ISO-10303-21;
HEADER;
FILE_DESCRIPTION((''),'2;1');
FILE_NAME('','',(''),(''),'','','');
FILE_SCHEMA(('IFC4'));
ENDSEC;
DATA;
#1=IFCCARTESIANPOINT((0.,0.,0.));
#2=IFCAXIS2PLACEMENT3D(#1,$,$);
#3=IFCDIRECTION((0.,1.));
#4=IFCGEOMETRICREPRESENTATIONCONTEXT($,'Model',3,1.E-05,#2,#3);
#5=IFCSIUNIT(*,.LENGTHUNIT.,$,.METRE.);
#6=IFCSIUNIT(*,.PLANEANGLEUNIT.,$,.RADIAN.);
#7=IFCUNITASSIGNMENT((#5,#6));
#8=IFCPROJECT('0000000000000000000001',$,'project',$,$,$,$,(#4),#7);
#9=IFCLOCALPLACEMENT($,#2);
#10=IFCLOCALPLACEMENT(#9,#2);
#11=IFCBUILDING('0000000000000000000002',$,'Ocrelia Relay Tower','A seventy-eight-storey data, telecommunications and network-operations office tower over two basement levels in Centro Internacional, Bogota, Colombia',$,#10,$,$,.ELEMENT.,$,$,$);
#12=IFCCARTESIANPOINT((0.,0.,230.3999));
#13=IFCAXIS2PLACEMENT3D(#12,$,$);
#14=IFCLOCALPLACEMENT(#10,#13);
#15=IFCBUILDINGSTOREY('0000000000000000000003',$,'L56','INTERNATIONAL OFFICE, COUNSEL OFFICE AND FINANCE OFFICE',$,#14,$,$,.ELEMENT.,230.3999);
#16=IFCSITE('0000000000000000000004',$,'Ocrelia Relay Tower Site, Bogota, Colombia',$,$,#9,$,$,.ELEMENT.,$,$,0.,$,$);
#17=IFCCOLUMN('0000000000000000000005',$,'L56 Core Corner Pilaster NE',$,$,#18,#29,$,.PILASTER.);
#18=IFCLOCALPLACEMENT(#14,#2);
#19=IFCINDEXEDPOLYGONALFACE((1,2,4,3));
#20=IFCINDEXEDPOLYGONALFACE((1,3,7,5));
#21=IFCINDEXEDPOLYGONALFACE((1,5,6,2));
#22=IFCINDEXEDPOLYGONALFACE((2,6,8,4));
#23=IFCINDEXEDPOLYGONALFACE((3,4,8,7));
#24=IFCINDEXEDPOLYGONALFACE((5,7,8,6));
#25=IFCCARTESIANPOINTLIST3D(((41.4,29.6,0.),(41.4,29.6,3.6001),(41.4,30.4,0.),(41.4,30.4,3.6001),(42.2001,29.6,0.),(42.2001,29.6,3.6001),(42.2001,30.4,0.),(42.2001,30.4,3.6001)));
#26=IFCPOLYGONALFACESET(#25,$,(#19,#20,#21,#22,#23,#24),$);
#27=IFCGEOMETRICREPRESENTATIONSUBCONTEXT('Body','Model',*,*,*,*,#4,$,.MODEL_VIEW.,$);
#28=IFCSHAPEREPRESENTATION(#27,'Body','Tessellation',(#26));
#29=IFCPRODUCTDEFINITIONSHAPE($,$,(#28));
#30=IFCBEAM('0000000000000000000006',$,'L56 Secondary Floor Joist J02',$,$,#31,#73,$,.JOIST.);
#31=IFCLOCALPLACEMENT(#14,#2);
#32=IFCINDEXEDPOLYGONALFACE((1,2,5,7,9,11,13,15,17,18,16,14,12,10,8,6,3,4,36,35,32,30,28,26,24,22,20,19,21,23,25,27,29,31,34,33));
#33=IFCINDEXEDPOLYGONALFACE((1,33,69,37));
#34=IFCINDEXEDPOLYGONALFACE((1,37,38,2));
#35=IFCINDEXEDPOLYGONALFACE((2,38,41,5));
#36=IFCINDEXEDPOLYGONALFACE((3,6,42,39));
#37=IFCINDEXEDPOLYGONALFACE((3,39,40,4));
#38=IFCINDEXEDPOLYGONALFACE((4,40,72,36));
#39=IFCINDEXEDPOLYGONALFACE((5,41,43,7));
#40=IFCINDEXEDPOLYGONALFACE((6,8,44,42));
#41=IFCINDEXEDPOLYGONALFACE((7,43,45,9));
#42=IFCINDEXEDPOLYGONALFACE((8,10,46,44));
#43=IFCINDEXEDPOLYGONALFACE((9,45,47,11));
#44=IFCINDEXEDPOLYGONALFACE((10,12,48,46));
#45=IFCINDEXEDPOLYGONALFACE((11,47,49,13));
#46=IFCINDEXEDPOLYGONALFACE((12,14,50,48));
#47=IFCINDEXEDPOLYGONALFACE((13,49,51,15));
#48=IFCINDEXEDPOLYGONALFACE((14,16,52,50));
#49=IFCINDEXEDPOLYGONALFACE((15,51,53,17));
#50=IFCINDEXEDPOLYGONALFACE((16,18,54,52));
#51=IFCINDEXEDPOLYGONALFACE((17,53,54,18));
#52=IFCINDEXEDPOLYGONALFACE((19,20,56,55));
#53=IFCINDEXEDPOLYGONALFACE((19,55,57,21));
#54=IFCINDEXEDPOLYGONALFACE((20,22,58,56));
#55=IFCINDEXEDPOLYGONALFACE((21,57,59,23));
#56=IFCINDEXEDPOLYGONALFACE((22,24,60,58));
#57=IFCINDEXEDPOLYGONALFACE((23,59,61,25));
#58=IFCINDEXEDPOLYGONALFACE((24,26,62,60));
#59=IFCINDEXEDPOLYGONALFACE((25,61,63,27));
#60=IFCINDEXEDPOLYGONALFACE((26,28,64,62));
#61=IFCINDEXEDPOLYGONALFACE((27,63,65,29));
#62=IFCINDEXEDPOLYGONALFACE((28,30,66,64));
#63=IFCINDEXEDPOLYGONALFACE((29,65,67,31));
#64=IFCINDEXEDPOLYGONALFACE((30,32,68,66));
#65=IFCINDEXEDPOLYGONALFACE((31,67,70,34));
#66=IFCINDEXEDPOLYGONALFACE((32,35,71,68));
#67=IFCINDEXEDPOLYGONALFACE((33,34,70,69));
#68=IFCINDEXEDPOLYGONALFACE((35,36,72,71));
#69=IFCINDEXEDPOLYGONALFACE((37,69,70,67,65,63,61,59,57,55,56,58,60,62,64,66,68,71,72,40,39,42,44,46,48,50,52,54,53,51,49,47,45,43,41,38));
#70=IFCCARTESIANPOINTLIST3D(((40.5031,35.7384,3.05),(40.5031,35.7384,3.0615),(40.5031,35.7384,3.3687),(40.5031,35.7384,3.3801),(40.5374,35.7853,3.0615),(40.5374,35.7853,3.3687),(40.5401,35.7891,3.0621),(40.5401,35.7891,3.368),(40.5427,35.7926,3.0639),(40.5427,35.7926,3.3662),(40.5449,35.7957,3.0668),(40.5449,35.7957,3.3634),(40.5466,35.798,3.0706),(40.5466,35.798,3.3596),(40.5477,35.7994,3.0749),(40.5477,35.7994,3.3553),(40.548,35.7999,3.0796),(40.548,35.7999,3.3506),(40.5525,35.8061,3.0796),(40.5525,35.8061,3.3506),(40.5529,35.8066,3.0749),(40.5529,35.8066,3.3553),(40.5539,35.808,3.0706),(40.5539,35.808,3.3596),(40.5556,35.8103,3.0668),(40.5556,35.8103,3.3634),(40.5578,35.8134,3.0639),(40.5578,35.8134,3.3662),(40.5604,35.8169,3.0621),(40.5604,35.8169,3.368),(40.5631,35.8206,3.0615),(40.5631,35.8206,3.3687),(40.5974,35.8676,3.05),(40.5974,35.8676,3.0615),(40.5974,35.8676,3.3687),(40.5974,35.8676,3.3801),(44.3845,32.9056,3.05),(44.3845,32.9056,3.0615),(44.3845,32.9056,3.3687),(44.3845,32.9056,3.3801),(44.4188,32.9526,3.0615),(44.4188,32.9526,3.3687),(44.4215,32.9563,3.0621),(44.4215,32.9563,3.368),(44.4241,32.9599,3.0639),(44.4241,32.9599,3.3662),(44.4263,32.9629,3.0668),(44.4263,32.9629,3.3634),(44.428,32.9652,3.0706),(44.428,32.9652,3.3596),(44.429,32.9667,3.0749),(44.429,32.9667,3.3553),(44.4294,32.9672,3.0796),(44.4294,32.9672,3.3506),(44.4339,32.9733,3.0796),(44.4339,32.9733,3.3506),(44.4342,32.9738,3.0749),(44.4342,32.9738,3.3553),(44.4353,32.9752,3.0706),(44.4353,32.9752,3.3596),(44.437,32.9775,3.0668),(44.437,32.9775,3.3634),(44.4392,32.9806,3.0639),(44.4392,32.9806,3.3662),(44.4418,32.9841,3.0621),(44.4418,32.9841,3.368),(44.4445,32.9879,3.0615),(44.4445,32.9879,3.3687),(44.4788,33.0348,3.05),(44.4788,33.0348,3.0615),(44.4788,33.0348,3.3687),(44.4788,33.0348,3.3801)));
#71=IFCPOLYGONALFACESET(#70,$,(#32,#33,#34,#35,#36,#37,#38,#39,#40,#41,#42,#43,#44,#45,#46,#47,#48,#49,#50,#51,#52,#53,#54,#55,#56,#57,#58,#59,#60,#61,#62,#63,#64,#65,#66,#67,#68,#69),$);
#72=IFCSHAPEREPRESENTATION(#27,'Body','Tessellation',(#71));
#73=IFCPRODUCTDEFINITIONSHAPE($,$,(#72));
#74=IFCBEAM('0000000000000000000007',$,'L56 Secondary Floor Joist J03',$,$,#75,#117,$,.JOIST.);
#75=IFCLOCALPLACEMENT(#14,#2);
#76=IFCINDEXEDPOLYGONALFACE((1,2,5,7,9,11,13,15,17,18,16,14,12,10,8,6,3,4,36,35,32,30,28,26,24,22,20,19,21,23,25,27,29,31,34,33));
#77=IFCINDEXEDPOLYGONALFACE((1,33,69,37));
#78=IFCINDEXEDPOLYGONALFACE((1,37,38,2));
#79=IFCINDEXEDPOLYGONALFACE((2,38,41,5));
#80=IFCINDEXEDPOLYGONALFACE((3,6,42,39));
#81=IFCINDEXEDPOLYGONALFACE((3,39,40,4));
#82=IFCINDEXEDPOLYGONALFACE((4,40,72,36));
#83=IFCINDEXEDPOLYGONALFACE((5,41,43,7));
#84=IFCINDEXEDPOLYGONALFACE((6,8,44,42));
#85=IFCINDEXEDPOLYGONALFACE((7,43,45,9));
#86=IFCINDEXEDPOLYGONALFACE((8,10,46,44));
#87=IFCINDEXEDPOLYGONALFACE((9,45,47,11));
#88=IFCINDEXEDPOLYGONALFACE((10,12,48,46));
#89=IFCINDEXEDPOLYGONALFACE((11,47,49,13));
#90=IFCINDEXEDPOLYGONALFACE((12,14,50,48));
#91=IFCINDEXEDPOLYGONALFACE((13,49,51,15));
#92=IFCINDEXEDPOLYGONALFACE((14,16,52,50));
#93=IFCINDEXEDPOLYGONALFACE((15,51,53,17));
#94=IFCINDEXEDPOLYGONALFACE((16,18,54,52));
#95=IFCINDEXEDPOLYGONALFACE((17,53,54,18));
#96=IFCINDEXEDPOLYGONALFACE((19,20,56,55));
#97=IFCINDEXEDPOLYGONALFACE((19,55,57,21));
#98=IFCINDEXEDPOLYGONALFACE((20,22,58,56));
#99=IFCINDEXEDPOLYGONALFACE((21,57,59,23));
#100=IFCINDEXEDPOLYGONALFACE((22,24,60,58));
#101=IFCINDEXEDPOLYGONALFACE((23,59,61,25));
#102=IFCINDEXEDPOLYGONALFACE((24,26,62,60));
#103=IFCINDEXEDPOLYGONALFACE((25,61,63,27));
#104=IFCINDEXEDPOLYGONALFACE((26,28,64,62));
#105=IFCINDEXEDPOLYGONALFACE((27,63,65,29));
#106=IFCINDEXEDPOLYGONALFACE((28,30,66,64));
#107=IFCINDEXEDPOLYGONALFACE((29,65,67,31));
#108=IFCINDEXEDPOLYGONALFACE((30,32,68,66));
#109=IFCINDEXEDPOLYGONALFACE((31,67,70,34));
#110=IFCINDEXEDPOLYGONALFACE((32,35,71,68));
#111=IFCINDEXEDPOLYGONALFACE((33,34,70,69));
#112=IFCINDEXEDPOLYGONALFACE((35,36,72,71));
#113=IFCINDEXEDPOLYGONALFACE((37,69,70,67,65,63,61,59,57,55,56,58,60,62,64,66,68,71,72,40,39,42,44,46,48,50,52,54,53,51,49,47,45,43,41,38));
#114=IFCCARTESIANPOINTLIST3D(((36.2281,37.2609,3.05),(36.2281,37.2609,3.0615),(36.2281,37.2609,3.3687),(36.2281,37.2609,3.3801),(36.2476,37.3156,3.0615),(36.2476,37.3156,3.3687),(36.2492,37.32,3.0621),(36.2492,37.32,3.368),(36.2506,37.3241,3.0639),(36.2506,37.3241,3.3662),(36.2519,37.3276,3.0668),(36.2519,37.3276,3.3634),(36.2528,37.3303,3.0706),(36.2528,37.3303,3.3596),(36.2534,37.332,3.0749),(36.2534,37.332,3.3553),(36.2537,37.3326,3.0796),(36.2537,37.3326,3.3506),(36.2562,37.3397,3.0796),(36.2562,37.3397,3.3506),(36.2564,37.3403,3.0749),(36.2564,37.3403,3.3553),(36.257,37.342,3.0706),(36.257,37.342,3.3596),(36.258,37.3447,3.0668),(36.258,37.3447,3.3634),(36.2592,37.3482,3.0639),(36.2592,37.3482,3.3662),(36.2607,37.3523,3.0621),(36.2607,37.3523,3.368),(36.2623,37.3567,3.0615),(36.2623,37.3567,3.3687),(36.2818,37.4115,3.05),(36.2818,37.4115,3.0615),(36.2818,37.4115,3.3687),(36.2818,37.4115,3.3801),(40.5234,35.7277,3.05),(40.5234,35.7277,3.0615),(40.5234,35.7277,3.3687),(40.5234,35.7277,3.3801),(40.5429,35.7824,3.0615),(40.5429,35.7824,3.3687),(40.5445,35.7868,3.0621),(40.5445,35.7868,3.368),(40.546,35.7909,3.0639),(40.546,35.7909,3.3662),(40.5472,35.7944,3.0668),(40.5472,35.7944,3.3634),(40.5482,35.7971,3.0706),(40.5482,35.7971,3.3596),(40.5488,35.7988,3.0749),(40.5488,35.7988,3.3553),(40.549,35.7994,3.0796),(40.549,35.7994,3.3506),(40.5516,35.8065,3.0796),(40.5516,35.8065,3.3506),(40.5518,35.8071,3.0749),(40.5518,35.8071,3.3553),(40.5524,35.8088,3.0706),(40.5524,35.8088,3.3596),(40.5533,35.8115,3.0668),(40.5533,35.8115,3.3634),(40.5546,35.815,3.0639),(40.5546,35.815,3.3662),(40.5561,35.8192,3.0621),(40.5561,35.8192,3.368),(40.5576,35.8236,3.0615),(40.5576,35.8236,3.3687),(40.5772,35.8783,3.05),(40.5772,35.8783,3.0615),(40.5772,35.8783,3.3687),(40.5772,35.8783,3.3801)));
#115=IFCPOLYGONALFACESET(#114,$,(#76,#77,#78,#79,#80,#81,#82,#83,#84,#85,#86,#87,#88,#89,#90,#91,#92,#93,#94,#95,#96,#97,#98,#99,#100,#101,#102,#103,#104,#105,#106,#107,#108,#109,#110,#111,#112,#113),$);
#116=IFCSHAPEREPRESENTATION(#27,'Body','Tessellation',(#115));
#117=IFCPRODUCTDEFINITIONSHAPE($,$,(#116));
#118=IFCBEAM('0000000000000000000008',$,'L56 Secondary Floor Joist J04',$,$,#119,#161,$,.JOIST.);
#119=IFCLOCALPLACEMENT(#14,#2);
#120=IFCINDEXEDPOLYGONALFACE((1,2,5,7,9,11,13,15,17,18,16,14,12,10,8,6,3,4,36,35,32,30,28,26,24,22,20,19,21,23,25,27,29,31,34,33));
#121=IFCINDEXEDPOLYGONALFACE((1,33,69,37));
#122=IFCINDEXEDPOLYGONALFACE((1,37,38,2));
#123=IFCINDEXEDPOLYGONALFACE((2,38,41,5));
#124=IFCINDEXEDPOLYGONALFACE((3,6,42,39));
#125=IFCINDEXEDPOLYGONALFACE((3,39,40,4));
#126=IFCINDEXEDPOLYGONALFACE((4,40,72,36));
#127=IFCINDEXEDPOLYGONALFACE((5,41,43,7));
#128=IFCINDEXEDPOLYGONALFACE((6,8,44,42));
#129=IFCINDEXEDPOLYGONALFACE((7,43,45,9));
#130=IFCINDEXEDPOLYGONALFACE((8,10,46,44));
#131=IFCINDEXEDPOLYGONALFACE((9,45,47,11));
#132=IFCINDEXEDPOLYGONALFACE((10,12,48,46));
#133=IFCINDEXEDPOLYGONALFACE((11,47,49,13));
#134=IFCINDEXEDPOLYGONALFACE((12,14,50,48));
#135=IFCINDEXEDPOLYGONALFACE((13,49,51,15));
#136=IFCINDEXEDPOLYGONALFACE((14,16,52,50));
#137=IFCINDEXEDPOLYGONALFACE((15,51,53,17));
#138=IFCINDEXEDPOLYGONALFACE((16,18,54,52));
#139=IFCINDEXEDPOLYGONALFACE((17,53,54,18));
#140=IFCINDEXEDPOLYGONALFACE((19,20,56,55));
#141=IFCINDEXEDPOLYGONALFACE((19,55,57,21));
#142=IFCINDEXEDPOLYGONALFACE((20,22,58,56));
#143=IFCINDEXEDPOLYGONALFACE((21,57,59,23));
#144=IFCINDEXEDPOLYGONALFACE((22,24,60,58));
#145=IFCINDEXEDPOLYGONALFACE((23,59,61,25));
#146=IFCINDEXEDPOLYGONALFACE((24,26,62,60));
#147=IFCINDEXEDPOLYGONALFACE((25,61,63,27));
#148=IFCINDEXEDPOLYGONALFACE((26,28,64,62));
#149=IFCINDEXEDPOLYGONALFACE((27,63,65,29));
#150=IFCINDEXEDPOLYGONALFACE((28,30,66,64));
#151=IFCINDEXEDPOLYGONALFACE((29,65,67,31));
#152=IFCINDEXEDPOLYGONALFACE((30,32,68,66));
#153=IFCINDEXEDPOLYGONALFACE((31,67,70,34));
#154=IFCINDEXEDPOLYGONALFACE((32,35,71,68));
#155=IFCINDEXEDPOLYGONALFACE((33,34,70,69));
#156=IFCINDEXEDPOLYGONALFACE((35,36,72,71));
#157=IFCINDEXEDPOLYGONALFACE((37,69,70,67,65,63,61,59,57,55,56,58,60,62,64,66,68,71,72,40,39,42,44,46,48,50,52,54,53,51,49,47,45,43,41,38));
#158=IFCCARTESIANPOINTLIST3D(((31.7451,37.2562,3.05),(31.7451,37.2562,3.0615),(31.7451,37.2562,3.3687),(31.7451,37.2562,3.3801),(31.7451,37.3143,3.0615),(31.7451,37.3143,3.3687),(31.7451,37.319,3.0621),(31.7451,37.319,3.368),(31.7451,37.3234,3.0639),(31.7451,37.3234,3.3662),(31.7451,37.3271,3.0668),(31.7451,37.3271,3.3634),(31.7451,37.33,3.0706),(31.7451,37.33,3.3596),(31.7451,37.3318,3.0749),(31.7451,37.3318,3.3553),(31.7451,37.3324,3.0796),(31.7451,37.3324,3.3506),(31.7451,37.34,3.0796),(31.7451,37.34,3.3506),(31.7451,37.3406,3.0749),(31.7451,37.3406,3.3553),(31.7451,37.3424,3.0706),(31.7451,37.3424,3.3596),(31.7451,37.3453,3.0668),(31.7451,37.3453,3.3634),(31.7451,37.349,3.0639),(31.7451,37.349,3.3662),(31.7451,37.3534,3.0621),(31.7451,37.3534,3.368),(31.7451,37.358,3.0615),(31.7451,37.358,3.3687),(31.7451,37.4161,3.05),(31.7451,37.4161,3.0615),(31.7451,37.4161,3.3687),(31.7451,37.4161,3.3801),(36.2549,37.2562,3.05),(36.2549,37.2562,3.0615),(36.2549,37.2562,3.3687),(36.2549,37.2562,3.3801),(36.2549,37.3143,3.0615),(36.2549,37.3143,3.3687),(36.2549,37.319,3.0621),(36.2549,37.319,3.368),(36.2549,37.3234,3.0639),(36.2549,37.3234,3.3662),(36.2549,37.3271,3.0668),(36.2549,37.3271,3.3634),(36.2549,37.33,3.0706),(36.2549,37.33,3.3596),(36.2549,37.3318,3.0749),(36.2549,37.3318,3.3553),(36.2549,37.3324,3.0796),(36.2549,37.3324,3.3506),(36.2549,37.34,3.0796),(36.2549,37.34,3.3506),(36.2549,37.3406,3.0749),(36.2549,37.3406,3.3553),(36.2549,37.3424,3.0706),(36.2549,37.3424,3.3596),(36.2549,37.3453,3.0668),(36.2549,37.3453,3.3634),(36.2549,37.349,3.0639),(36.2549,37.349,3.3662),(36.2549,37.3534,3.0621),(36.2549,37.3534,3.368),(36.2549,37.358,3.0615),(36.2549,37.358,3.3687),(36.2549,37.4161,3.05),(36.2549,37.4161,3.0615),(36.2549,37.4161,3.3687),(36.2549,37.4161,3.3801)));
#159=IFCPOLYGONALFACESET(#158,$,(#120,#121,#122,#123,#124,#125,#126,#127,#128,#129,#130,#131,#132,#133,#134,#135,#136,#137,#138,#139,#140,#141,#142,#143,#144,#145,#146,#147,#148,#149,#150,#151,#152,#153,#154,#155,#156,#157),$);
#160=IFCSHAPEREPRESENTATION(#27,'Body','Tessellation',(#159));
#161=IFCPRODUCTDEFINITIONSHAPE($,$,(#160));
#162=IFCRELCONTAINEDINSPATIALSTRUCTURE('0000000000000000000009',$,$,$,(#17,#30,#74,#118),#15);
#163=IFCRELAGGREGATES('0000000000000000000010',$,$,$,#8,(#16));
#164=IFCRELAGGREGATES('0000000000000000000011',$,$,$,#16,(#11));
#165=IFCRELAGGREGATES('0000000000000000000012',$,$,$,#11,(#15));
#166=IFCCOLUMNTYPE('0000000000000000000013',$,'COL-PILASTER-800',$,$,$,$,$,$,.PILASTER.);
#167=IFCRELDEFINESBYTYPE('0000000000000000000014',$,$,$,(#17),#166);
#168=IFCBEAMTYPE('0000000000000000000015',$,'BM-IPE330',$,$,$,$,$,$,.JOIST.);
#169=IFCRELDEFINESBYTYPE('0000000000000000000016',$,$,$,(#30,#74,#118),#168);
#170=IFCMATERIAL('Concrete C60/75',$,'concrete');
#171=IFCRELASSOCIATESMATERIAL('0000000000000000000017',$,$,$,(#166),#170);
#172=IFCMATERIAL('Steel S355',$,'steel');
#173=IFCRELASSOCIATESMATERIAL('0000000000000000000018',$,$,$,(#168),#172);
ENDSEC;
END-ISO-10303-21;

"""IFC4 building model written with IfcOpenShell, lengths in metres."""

from ifc_helpers import new_model, si_unit, direction, frame, origin, origin_2d, place, context, subcontext, project, spatial, rectangle, i_section, extrude, material, material_profile, profile_set, type_object, element, save


model = new_model("IFC4")

# Units and contexts
model_context = context("Model", 3, precision=1e-05, world=origin(), true_north=direction((0.0, 1.0)))
body_context = subcontext(model_context, "Body", "Model", "MODEL_VIEW")
ifc_project = project(units=[si_unit("LENGTHUNIT", "METRE"), si_unit("PLANEANGLEUNIT", "RADIAN")], contexts=[model_context])

# Site, building, storey
site_placement = place(None, origin())
site = spatial("IfcSite", under=ifc_project, at=site_placement, Name="Ocrelia Relay Tower Site, Bogota, Colombia", CompositionType="ELEMENT", RefElevation=0.0)
building_placement = place(site_placement, origin())
building = spatial("IfcBuilding", under=site, at=building_placement, Name="Ocrelia Relay Tower", Description="A seventy-eight-storey data, telecommunications and network-operations office tower over two basement levels in Centro Internacional, Bogota, Colombia", CompositionType="ELEMENT")
storey_placement = place(building_placement, frame((0.0, 0.0, 230.3999)))
storey = spatial("IfcBuildingStorey", under=building, at=storey_placement, Name="L56", Description="INTERNATIONAL OFFICE, COUNSEL OFFICE AND FINANCE OFFICE", CompositionType="ELEMENT", Elevation=230.3999)

# Column
ifc_material_1 = material(Name="Concrete C60/75", Category="concrete")
ifc_material_profile_1 = material_profile(ifc_material_1, rectangle(XDim=0.8, YDim=0.8, at=origin_2d()), Name="RC-COL-800x800")
ifc_profile_set_1 = profile_set([ifc_material_profile_1], Name="Concrete C60/75")
column_type = type_object("IfcColumnType", Name="COL-PILASTER-800", PredefinedType="PILASTER", material=ifc_profile_set_1)
column_placement = place(storey_placement, frame((41.8, 30.0, 0.0), z_axis=(0.0, 0.0, 1.0), x_axis=(1.0, 0.0, 0.0)))
element("IfcColumn", 1, at=column_placement, inside=storey, type_object=column_type, Name="L56 Core Corner Pilaster NE", PredefinedType="PILASTER", context=body_context, shape_type="SweptSolid", body=[
    extrude(rectangle(XDim=0.8, YDim=0.8, at=origin_2d()), origin(), (0.0, 0.0, 1.0), 3.6001),
])

# Beams
ifc_material_2 = material(Name="Steel S355", Category="steel")
ifc_material_profile_2 = material_profile(ifc_material_2, i_section(OverallWidth=0.1599, OverallDepth=0.3301, WebThickness=0.0076, FlangeThickness=0.0115, FilletRadius=0.0181, at=origin_2d()), Name="IPE 330")
ifc_profile_set_2 = profile_set([ifc_material_profile_2], Name="Steel S355")
beam_type = type_object("IfcBeamType", Name="BM-IPE330", PredefinedType="JOIST", material=ifc_profile_set_2)
beam_1_placement = place(storey_placement, frame((44.4316, 32.9702, 3.2151), z_axis=(-0.807748, 0.589527, 0.0), x_axis=(-0.589527, -0.807748, 0.0)))
element("IfcBeam", 2, at=beam_1_placement, inside=storey, type_object=beam_type, Name="L56 Secondary Floor Joist J02", PredefinedType="JOIST", context=body_context, shape_type="SweptSolid", body=[
    extrude(i_section(OverallWidth=0.1599, OverallDepth=0.3301, WebThickness=0.0076, FlangeThickness=0.0115, FilletRadius=0.0181, at=origin_2d()), origin(), (0.0, 0.0, 1.0), 4.8052),
])
beam_2_placement = place(storey_placement, frame((40.5503, 35.803, 3.2151), z_axis=(-0.941802, 0.336167, 0.0), x_axis=(-0.336167, -0.941802, 0.0)))
element("IfcBeam", 3, at=beam_2_placement, inside=storey, type_object=beam_type, Name="L56 Secondary Floor Joist J03", PredefinedType="JOIST", context=body_context, shape_type="SweptSolid", body=[
    extrude(i_section(OverallWidth=0.1599, OverallDepth=0.3301, WebThickness=0.0076, FlangeThickness=0.0115, FilletRadius=0.0181, at=origin_2d()), origin(), (0.0, 0.0, 1.0), 4.5608),
])
beam_3_placement = place(storey_placement, frame((36.2549, 37.3362, 3.2151), z_axis=(-1.0, 0.0, 0.0), x_axis=(0.0, -1.0, 0.0)))
element("IfcBeam", 4, at=beam_3_placement, inside=storey, type_object=beam_type, Name="L56 Secondary Floor Joist J04", PredefinedType="JOIST", context=body_context, shape_type="SweptSolid", body=[
    extrude(i_section(OverallWidth=0.1599, OverallDepth=0.3301, WebThickness=0.0076, FlangeThickness=0.0115, FilletRadius=0.0181, at=origin_2d()), origin(), (0.0, 0.0, 1.0), 4.5098),
])

save(model, "model.ifc")
